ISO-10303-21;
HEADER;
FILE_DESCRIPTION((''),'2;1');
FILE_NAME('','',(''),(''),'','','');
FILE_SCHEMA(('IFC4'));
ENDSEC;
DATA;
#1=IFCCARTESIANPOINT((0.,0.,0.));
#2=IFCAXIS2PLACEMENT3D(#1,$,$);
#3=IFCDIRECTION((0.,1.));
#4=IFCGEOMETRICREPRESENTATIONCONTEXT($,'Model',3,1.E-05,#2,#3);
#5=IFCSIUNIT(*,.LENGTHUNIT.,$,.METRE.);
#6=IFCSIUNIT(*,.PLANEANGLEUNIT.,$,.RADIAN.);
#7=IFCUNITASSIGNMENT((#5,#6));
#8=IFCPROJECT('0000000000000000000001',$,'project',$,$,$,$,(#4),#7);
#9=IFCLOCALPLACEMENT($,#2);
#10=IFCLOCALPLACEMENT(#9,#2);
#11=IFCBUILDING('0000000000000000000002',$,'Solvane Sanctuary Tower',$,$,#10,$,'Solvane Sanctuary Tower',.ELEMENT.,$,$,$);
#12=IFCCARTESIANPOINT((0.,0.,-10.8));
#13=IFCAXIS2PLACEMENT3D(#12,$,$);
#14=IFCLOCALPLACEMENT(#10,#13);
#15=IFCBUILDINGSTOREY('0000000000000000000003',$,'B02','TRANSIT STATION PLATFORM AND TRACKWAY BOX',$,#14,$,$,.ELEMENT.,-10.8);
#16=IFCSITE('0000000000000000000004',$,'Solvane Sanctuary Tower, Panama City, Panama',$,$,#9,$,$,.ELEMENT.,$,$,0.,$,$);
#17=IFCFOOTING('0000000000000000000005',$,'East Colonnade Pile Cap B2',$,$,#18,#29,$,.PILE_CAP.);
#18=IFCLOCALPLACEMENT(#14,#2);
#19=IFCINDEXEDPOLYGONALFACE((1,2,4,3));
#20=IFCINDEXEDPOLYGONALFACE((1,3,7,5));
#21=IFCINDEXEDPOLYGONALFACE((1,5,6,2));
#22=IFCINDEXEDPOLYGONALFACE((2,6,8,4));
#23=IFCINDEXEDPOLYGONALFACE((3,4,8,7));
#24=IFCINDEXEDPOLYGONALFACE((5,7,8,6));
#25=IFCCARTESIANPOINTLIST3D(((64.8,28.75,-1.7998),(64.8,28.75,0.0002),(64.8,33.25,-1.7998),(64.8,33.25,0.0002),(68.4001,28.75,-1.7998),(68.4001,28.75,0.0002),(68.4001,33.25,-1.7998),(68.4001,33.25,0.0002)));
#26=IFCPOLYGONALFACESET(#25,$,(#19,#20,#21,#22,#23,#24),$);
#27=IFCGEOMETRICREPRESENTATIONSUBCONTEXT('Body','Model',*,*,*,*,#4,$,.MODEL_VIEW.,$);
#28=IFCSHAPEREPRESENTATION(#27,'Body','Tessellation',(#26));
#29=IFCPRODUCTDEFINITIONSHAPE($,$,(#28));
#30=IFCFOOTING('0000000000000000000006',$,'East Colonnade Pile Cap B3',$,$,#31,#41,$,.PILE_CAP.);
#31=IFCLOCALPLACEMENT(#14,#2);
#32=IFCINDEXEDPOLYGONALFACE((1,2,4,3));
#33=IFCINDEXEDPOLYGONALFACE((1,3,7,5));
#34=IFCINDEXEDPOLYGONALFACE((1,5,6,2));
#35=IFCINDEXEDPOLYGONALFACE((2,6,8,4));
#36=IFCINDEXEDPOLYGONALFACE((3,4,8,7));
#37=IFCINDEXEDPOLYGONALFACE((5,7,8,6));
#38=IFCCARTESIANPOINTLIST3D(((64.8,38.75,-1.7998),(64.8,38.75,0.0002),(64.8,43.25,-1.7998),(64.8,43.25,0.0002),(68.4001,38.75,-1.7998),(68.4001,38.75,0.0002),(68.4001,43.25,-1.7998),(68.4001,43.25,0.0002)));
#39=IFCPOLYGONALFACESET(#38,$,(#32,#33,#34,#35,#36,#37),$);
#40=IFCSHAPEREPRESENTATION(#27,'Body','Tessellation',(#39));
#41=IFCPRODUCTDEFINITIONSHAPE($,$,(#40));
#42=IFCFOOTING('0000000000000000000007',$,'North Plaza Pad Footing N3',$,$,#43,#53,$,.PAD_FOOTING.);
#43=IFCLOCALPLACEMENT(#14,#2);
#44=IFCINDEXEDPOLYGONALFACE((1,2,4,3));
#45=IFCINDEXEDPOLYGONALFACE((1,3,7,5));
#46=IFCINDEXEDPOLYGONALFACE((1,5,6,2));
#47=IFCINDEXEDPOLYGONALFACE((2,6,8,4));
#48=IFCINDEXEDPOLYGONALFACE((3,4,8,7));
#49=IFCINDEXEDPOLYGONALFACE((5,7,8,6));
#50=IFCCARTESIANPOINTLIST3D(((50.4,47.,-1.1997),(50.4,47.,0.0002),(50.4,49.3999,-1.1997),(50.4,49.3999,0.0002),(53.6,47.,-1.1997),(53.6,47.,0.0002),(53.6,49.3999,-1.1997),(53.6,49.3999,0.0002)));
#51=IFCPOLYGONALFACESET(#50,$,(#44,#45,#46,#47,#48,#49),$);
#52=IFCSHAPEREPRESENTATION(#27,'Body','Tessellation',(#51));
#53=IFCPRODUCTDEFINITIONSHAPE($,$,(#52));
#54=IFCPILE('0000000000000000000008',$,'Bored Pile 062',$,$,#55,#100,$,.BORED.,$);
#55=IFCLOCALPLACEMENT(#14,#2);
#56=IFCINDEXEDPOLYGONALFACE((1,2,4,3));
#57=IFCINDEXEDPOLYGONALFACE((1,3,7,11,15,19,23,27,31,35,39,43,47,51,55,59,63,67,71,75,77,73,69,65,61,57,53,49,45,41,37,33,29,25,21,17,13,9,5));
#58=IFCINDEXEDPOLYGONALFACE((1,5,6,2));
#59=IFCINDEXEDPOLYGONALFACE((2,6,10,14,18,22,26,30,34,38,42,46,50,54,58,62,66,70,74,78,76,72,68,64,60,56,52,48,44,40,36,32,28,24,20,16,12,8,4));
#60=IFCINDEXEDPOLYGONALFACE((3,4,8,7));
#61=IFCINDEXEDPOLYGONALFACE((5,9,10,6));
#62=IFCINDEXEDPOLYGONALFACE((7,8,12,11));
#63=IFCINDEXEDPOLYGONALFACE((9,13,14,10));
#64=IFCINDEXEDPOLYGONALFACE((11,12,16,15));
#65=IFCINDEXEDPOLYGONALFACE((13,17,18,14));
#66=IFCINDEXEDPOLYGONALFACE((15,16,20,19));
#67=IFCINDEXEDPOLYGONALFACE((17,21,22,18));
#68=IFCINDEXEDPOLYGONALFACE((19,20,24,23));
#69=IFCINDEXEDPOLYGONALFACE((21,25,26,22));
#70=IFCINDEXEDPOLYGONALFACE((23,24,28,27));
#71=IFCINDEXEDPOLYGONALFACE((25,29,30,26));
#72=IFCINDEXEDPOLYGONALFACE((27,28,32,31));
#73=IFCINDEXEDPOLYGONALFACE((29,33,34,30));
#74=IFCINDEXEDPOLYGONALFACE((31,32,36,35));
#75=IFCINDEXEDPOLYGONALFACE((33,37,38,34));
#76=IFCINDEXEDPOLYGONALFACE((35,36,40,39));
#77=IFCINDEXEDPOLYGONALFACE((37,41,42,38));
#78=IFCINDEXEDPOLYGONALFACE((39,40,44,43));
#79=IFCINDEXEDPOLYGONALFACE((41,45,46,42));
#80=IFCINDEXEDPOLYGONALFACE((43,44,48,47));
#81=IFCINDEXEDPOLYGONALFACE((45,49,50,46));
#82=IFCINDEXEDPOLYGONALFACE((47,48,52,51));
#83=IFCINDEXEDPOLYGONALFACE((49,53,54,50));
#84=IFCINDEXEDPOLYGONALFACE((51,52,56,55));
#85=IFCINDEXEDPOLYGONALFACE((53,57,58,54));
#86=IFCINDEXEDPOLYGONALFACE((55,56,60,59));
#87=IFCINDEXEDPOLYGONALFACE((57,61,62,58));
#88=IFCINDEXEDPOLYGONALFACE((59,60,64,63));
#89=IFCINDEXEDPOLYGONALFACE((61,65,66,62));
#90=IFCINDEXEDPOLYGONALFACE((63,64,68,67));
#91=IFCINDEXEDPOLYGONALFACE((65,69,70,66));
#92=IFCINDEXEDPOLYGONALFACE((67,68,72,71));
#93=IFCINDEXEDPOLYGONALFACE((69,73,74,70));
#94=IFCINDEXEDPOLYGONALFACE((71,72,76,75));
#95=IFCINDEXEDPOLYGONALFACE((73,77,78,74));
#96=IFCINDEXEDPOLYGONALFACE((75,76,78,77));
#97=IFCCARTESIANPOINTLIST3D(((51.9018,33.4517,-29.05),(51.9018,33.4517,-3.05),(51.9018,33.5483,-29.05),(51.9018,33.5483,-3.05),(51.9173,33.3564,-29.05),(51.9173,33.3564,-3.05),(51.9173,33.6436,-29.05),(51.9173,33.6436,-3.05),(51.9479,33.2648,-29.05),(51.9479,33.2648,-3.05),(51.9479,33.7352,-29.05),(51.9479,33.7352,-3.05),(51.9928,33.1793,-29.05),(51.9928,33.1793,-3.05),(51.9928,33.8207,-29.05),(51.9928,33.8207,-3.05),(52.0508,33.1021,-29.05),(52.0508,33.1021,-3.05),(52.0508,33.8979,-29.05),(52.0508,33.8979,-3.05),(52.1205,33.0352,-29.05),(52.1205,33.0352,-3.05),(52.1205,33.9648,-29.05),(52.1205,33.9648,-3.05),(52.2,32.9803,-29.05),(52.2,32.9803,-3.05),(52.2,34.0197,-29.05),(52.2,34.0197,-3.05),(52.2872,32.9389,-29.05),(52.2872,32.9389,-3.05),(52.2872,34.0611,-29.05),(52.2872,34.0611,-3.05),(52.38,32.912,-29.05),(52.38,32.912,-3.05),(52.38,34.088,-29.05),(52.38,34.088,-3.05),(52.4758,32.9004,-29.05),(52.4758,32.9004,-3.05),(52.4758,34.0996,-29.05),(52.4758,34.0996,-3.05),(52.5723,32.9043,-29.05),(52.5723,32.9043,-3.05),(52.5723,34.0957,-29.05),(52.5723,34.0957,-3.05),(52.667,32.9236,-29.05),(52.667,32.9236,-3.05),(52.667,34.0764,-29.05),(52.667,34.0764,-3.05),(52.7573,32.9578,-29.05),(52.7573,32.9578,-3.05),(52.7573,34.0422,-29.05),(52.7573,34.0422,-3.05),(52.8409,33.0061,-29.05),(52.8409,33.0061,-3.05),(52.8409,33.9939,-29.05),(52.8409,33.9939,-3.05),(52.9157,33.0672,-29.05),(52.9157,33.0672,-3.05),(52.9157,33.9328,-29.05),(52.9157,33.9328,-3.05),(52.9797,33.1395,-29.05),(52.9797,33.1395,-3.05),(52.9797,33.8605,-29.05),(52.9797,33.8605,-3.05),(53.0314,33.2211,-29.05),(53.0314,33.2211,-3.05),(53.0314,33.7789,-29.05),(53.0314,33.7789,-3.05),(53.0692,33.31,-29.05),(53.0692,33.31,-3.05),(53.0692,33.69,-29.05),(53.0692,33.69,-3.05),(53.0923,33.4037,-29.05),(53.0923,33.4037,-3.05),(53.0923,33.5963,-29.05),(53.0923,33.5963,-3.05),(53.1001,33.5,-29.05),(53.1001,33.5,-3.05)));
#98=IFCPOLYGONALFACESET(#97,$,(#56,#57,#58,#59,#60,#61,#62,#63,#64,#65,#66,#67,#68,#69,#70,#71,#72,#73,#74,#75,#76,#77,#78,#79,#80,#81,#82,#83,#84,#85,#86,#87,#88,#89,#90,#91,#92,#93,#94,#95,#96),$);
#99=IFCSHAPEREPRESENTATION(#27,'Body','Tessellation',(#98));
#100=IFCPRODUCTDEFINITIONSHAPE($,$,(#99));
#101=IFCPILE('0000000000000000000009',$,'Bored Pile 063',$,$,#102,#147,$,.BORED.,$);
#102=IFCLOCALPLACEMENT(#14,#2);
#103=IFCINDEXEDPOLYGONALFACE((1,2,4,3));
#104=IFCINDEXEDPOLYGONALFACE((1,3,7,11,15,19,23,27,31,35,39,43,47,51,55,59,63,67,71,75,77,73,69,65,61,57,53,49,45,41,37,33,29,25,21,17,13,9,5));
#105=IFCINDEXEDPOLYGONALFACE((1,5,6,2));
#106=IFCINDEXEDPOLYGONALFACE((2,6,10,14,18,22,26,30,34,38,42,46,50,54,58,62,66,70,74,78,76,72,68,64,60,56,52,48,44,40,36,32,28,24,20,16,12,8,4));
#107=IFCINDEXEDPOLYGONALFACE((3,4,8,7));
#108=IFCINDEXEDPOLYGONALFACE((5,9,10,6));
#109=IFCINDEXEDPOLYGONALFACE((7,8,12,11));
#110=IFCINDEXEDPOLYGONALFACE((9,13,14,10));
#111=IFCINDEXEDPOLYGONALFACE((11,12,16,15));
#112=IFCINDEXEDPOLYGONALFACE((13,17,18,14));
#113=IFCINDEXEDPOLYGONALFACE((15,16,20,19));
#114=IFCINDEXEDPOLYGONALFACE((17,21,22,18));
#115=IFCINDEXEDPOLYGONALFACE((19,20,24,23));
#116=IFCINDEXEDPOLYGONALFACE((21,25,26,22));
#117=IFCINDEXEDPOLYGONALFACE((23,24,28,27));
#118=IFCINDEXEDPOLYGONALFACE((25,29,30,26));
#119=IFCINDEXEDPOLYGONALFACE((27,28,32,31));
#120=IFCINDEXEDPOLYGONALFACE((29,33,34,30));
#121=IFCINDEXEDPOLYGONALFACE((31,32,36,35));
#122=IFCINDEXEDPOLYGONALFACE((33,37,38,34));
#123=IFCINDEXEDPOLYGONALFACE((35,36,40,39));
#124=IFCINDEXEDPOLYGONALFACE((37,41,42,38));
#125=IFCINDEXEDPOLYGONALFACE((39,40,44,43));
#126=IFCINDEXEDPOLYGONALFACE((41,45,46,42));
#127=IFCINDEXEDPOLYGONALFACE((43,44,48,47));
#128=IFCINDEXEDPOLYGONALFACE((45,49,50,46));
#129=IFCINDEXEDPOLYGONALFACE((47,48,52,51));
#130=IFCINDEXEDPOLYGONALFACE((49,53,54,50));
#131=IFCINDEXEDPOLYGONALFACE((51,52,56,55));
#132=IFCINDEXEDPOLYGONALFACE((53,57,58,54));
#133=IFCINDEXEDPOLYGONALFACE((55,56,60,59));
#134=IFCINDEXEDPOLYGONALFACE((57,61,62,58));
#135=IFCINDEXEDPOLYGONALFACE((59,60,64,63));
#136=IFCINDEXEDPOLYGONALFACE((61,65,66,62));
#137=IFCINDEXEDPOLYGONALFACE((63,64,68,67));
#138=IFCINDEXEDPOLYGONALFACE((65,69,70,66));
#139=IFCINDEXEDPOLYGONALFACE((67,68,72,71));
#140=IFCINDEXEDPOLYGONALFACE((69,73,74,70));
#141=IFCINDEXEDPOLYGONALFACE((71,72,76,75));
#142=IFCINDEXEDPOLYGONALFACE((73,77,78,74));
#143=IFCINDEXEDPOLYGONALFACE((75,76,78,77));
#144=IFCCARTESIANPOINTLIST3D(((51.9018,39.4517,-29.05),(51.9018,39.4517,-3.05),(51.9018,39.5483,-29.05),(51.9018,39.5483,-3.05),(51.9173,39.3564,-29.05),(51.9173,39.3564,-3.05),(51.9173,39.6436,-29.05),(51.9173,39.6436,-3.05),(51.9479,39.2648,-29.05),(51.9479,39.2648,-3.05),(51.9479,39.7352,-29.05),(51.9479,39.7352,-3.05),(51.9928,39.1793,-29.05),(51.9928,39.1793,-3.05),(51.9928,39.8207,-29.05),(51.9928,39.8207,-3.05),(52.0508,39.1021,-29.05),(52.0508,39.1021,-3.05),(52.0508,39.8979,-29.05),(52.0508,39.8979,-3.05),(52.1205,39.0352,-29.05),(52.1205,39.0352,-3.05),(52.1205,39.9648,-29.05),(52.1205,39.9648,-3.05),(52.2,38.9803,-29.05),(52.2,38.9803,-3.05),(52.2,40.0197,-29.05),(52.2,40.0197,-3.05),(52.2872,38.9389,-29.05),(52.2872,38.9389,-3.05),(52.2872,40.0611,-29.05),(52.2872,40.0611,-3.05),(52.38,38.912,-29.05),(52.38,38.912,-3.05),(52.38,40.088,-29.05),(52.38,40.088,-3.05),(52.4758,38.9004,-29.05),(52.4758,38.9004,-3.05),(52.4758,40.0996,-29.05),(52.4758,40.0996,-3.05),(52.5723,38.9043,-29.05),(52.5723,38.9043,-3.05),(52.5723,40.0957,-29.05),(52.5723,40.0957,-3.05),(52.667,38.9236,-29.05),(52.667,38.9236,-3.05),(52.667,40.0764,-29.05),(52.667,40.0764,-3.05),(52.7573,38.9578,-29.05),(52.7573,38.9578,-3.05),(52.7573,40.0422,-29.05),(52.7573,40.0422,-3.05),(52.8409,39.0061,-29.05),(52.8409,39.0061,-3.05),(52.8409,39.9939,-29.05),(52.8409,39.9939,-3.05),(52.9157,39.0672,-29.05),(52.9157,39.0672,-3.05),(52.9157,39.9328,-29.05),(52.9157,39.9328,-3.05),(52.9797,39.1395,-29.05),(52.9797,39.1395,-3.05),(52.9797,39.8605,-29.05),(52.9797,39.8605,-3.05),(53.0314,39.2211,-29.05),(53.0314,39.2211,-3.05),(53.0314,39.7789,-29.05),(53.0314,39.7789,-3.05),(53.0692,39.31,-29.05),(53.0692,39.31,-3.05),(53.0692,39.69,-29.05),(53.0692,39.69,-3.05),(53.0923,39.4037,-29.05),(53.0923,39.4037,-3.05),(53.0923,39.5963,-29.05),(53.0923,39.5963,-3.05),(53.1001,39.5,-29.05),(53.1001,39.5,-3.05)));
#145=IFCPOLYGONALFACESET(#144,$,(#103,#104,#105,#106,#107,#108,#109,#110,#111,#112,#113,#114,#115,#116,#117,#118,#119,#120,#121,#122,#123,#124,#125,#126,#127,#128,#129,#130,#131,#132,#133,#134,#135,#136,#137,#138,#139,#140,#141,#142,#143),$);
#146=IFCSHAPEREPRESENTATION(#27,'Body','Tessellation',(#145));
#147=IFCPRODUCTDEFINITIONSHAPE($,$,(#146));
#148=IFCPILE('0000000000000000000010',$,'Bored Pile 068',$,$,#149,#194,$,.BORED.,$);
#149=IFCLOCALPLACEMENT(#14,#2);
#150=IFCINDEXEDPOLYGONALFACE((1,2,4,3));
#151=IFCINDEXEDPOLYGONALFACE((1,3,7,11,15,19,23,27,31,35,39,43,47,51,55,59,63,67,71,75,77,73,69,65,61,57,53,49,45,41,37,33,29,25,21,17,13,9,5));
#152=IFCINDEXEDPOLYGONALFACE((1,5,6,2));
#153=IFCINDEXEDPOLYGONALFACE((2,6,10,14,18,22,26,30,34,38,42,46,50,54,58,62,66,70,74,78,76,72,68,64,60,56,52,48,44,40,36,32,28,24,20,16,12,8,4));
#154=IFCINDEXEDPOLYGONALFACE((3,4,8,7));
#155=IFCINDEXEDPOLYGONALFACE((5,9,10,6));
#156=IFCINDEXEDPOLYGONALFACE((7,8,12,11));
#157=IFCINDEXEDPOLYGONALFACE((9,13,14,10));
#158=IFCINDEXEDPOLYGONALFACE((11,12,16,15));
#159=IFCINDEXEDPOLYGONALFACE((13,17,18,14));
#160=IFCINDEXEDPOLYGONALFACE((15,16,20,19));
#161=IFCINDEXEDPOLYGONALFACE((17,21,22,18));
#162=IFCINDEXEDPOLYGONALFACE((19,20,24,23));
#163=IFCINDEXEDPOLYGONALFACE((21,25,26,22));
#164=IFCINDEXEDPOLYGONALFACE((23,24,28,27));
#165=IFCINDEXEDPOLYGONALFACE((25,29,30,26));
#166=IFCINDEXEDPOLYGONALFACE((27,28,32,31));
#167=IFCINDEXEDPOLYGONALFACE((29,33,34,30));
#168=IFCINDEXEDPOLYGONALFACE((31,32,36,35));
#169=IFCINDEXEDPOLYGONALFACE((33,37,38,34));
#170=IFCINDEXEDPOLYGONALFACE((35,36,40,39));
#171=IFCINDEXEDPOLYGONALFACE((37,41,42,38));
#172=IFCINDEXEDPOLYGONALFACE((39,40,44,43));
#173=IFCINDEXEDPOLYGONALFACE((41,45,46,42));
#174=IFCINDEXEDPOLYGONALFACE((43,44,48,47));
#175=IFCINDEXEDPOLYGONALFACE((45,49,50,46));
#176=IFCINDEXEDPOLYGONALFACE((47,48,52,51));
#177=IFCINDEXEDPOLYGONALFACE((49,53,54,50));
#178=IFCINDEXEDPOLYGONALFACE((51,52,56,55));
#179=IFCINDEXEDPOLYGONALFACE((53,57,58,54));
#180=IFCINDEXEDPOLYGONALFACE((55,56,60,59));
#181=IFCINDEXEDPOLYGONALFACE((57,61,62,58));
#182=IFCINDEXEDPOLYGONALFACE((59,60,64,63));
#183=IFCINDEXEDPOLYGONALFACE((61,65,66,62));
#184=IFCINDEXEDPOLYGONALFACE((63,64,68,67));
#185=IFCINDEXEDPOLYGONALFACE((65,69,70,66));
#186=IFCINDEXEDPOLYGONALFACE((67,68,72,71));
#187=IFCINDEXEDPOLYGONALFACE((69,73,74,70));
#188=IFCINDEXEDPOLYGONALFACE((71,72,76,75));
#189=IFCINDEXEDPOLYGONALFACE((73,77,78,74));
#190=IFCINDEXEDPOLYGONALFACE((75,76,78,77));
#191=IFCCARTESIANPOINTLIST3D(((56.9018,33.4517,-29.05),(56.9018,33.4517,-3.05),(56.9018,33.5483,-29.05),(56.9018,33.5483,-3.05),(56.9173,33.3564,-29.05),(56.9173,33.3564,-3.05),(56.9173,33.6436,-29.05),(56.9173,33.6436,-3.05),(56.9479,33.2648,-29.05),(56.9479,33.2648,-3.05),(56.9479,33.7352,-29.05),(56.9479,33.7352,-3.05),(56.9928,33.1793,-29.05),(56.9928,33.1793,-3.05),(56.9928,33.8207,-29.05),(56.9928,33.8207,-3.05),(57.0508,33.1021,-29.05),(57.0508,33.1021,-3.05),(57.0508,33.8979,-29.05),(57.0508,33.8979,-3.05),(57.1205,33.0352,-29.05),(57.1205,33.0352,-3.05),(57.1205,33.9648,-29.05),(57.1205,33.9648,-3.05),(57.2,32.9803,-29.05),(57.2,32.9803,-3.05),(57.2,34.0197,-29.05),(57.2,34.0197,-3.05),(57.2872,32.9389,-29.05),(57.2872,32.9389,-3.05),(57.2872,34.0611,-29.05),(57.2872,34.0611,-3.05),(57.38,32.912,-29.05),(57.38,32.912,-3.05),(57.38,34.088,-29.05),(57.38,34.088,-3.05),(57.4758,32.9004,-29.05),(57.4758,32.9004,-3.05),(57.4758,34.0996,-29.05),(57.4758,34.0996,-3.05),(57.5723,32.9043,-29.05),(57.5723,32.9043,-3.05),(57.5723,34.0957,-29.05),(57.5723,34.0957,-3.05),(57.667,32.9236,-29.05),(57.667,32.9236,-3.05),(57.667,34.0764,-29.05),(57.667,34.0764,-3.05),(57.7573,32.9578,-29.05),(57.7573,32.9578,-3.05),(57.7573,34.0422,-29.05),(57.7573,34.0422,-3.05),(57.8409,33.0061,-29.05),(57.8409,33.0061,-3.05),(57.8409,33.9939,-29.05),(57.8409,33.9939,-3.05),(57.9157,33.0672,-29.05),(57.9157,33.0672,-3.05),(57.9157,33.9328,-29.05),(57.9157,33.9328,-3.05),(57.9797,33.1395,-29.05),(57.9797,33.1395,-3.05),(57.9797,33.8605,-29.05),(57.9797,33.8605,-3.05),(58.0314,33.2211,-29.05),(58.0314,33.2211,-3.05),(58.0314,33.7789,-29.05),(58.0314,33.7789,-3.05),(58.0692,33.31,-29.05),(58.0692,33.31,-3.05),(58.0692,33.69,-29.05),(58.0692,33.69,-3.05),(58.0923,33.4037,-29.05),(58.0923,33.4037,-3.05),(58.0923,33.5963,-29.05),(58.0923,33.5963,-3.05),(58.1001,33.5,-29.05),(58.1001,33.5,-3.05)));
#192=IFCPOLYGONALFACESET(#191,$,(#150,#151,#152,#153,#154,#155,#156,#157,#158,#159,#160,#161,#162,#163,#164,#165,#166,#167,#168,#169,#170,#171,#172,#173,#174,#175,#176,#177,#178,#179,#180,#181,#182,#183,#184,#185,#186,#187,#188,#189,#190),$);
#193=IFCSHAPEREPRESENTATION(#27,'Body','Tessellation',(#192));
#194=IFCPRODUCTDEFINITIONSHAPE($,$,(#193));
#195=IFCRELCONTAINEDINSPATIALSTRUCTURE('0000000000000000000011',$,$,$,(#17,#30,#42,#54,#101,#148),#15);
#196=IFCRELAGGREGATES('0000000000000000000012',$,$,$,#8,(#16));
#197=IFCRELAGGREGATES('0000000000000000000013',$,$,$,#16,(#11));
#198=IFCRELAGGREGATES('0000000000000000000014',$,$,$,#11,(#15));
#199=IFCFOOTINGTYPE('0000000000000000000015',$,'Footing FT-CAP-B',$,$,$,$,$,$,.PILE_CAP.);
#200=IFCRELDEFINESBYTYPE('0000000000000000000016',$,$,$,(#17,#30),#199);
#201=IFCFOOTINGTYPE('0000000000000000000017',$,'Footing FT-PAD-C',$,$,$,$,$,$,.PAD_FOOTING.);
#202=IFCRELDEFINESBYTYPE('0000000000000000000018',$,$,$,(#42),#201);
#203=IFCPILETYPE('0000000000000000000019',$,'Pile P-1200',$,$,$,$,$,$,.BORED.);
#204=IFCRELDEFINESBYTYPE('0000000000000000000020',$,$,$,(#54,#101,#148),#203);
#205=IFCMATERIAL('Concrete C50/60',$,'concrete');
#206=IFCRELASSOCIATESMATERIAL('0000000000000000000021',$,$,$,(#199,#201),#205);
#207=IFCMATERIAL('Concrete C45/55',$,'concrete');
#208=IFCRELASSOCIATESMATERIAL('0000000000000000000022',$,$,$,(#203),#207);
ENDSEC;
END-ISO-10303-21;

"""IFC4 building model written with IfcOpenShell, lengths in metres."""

from ifc_helpers import new_model, si_unit, direction, frame, origin, origin_2d, place, context, subcontext, project, spatial, rectangle, circle, extrude, material, material_profile, profile_set, type_object, element, save


model = new_model("IFC4")

# Units and contexts
model_context = context("Model", 3, precision=1e-05, world=origin(), true_north=direction((0.0, 1.0)))
body_context = subcontext(model_context, "Body", "Model", "MODEL_VIEW")
ifc_project = project(units=[si_unit("LENGTHUNIT", "METRE"), si_unit("PLANEANGLEUNIT", "RADIAN")], contexts=[model_context])

# Site, building, storey
site_placement = place(None, origin())
site = spatial("IfcSite", under=ifc_project, at=site_placement, Name="Solvane Sanctuary Tower, Panama City, Panama", CompositionType="ELEMENT", RefElevation=0.0)
building_placement = place(site_placement, origin())
building = spatial("IfcBuilding", under=site, at=building_placement, Name="Solvane Sanctuary Tower", LongName="Solvane Sanctuary Tower", CompositionType="ELEMENT")
storey_placement = place(building_placement, frame((0.0, 0.0, -10.8)))
storey = spatial("IfcBuildingStorey", under=building, at=storey_placement, Name="B02", Description="TRANSIT STATION PLATFORM AND TRACKWAY BOX", CompositionType="ELEMENT", Elevation=-10.8)

# Footings
ifc_material_1 = material(Name="Concrete C50/60", Category="concrete")
footing_type_1 = type_object("IfcFootingType", Name="Footing FT-CAP-B", PredefinedType="PILE_CAP", material=ifc_material_1)
for number, where, z_axis, x_axis, name in (
    (1, (66.6001, 31.0, -1.7998), (0.0, 0.0, 1.0), (1.0, 0.0, 0.0), "East Colonnade Pile Cap B2"),
    (2, (66.6001, 41.0, -1.7998), (0.0, 0.0, 1.0), (1.0, 0.0, 0.0), "East Colonnade Pile Cap B3"),
):
    element("IfcFooting", number, at=place(storey_placement, frame(where, z_axis=z_axis, x_axis=x_axis)), inside=storey, type_object=footing_type_1, Name=name, PredefinedType="PILE_CAP", context=body_context, shape_type="SweptSolid", body=[
        extrude(rectangle(XDim=3.6001, YDim=4.5, at=origin_2d()), origin(), (0.0, 0.0, 1.0), 1.8),
    ])
footing_type_2 = type_object("IfcFootingType", Name="Footing FT-PAD-C", PredefinedType="PAD_FOOTING", material=ifc_material_1)
footing_placement = place(storey_placement, frame((52.0, 48.2, -1.1997), z_axis=(0.0, 0.0, 1.0), x_axis=(1.0, 0.0, 0.0)))
element("IfcFooting", 3, at=footing_placement, inside=storey, type_object=footing_type_2, Name="North Plaza Pad Footing N3", PredefinedType="PAD_FOOTING", context=body_context, shape_type="SweptSolid", body=[
    extrude(rectangle(XDim=3.2, YDim=2.3999, at=origin_2d()), origin(), (0.0, 0.0, 1.0), 1.2),
])

# Piles
ifc_material_2 = material(Name="Concrete C45/55", Category="concrete")
ifc_material_profile_1 = material_profile(ifc_material_2, circle(Radius=0.6001, at=origin_2d()), Name="PILE1200")
ifc_profile_set_1 = profile_set([ifc_material_profile_1], Name="Concrete C45/55")
pile_type_1 = type_object("IfcPileType", Name="Pile P-1200", PredefinedType="BORED", material=ifc_profile_set_1)
for number, where, z_axis, x_axis, name in (
    (4, (52.5, 33.5, -3.05), (0.0, 0.0, -1.0), (1.0, 0.0, 0.0), "Bored Pile 062"),
    (5, (52.5, 39.5, -3.05), (0.0, 0.0, -1.0), (1.0, 0.0, 0.0), "Bored Pile 063"),
    (6, (57.5, 33.5, -3.05), (0.0, 0.0, -1.0), (1.0, 0.0, 0.0), "Bored Pile 068"),
):
    element("IfcPile", number, at=place(storey_placement, frame(where, z_axis=z_axis, x_axis=x_axis)), inside=storey, type_object=pile_type_1, Name=name, PredefinedType="BORED", context=body_context, shape_type="SweptSolid", body=[
        extrude(circle(Radius=0.6001, at=origin_2d()), origin(), (0.0, 0.0, 1.0), 26.0),
    ])

save(model, "model.ifc")
